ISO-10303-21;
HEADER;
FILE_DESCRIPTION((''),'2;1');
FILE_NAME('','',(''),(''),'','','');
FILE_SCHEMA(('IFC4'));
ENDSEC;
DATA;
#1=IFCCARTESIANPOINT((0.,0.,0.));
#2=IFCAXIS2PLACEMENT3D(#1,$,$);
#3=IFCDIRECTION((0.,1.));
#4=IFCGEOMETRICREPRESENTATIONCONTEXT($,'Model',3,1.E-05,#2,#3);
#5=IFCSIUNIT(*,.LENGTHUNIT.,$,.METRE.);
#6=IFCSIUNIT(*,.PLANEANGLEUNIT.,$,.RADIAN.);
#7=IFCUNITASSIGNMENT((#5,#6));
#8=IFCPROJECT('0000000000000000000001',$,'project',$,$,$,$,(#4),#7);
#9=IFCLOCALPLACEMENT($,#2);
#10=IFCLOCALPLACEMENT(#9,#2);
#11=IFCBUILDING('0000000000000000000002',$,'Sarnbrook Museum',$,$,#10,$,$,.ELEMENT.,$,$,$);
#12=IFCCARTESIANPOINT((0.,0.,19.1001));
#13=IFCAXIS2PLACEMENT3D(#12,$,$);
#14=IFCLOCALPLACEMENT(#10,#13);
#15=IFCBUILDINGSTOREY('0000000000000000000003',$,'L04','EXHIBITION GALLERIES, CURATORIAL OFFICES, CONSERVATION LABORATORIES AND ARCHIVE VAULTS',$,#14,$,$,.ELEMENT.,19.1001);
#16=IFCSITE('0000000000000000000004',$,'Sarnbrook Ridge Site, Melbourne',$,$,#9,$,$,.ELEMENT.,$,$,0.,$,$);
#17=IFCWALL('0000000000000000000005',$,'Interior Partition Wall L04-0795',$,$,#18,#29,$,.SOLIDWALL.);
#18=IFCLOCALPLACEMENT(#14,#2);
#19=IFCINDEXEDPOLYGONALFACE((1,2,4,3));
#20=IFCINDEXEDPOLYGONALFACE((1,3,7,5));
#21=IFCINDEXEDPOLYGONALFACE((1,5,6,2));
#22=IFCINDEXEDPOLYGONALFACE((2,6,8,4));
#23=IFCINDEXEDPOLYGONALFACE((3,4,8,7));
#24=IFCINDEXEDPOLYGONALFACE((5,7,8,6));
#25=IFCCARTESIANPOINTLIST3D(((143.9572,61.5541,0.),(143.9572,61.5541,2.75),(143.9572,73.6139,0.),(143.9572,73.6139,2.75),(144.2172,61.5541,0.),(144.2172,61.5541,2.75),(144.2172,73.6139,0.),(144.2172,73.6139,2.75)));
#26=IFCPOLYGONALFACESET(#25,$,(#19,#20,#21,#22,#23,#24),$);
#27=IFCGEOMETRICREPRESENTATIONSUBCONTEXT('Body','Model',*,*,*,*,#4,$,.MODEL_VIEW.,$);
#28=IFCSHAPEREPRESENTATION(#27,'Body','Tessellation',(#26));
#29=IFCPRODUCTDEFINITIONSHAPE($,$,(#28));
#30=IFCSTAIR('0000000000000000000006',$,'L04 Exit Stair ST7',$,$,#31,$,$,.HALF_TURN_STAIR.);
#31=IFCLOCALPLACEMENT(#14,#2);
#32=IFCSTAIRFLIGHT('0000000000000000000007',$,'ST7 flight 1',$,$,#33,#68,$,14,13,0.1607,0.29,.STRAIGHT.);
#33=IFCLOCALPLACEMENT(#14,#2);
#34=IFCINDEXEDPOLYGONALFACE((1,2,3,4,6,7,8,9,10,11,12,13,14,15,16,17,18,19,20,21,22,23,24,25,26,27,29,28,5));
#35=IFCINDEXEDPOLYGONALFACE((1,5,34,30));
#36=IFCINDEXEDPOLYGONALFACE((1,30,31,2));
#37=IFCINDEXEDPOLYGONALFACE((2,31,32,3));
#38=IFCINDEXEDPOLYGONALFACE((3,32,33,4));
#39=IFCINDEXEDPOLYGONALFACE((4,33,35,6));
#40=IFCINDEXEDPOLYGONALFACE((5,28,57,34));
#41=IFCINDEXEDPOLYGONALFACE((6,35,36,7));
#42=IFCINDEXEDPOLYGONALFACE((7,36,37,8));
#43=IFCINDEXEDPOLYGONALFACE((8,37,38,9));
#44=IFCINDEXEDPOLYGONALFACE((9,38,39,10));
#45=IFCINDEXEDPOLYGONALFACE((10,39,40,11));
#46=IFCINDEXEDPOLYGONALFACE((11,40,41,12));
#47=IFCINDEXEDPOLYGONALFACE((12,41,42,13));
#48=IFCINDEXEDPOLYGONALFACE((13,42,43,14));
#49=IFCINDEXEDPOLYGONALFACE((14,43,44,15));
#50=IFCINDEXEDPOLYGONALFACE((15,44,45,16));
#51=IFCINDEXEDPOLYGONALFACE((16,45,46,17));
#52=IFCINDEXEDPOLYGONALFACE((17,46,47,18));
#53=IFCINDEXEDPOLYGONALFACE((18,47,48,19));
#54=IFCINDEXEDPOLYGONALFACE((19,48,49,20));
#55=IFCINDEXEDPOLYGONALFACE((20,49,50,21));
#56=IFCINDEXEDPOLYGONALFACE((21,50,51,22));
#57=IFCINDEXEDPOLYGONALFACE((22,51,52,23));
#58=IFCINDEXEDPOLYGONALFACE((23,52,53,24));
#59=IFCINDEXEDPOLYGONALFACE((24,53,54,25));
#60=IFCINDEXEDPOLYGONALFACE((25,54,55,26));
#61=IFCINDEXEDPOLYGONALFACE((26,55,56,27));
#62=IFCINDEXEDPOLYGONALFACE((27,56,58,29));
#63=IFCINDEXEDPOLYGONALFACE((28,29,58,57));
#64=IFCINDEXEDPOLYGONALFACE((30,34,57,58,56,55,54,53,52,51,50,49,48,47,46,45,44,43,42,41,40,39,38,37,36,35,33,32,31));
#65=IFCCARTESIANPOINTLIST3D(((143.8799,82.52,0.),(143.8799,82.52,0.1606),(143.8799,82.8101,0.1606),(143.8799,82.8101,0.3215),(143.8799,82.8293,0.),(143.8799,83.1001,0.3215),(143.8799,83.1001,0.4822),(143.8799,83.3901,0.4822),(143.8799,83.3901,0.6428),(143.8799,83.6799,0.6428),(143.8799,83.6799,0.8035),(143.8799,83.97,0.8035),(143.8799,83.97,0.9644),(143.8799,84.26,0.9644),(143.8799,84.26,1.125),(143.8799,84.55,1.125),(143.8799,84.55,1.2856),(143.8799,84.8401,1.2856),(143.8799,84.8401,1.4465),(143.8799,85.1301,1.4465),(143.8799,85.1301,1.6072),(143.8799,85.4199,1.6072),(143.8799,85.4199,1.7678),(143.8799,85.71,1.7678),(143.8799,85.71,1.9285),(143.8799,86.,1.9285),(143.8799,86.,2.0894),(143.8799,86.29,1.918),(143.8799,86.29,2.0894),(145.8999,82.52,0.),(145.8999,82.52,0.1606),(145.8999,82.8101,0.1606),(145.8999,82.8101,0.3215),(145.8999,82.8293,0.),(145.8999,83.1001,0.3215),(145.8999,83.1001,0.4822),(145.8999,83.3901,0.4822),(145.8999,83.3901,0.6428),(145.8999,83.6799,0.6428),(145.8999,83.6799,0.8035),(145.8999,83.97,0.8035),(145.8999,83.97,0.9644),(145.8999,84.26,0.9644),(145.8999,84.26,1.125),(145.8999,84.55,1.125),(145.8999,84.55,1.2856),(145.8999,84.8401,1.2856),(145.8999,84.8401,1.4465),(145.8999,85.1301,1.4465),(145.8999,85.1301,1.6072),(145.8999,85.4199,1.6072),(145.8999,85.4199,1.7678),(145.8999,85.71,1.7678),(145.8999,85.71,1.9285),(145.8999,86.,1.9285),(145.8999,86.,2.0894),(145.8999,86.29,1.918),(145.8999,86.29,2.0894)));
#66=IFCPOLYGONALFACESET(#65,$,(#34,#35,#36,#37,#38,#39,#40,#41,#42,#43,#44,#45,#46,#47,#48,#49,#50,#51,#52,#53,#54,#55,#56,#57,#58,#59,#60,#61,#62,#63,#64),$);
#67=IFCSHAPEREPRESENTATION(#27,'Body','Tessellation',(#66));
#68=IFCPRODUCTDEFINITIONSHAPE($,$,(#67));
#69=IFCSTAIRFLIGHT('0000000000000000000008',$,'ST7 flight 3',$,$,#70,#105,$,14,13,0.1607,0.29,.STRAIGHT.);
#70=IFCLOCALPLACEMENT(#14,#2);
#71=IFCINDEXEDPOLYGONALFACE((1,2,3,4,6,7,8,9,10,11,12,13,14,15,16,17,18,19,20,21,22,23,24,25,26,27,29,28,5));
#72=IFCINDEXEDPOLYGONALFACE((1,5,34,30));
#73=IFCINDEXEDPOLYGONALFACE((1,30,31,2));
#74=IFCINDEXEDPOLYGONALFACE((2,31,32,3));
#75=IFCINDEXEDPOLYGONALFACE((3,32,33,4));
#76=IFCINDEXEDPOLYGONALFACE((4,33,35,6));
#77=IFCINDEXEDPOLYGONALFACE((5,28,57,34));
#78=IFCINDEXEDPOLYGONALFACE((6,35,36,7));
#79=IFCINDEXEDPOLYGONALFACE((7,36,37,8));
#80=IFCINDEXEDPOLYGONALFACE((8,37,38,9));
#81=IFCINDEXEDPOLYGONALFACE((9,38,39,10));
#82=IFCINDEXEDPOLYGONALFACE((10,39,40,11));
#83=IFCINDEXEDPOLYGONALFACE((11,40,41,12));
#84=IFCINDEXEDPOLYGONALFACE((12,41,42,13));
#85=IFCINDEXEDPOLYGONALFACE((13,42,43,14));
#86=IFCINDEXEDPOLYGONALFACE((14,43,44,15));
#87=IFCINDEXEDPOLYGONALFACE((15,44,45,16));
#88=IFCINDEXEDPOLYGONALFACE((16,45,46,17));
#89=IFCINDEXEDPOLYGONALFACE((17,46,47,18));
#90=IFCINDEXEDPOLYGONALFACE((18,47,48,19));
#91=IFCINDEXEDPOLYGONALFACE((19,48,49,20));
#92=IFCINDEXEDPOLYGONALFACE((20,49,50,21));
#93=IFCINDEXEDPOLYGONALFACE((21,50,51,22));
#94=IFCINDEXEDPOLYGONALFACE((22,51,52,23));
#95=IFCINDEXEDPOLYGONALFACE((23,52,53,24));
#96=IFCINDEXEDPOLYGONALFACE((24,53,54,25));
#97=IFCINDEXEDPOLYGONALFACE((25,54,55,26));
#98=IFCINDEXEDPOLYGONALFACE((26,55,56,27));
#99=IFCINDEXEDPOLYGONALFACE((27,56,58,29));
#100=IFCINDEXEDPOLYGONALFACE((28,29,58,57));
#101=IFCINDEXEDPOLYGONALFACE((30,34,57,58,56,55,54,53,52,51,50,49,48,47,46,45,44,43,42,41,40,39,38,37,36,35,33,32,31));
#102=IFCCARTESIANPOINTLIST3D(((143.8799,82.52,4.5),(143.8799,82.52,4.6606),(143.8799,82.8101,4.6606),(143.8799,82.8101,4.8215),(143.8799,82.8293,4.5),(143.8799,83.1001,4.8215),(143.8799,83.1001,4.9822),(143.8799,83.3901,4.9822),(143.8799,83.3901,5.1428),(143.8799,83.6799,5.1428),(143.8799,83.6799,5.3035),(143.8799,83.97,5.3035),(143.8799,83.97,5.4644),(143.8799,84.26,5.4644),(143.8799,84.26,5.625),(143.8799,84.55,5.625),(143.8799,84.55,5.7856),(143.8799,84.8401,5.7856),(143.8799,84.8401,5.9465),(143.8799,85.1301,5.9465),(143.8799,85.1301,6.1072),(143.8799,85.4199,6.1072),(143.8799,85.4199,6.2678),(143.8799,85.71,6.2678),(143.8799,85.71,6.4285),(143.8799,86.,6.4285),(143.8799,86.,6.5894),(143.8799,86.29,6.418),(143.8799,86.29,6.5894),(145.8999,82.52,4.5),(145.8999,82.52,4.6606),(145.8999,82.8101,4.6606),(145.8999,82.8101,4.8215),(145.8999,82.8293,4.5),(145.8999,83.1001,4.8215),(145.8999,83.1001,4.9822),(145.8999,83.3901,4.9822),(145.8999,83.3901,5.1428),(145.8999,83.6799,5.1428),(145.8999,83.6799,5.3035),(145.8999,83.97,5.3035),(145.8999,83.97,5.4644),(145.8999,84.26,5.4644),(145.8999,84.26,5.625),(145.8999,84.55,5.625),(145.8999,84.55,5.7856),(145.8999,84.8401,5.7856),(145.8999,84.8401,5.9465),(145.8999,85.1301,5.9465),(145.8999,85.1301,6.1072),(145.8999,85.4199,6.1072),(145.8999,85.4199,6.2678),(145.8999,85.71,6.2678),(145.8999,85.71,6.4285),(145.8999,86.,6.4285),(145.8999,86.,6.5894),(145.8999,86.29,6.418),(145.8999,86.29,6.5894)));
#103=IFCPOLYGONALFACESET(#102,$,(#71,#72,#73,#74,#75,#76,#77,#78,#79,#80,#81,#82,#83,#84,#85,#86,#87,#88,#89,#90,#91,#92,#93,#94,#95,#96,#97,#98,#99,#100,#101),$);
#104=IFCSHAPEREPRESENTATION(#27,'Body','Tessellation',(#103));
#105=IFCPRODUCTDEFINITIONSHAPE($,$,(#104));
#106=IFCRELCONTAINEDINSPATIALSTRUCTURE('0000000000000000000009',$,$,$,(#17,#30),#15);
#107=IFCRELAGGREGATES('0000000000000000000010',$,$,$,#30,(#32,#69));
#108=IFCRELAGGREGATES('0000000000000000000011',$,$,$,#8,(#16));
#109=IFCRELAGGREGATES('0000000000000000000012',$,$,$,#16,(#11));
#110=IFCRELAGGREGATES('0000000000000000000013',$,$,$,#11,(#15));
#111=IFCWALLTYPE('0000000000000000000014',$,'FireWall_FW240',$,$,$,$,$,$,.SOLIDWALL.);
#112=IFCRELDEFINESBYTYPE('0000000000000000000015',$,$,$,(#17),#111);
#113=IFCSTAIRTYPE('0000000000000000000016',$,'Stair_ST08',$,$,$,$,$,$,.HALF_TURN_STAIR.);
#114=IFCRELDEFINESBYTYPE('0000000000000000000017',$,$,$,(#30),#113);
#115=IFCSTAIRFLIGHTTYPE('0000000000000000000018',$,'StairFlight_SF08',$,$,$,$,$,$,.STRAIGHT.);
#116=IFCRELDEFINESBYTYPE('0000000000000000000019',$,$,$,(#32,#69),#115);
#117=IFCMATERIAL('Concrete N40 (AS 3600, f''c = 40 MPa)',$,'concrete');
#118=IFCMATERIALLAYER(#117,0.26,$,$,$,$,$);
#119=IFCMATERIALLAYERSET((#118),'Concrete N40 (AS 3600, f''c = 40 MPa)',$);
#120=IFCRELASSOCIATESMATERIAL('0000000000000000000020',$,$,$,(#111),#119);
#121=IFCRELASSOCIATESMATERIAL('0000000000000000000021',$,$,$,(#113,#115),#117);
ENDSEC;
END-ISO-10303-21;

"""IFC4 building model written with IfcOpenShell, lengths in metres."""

from ifc_helpers import new_model, si_unit, direction, frame, frame_2d, origin, place, context, subcontext, project, spatial, polyline, rectangle, outline, extrude, material, layer, layer_set, type_object, element, aggregate, save


model = new_model("IFC4")

# Units and contexts
model_context = context("Model", 3, precision=1e-05, world=origin(), true_north=direction((0.0, 1.0)))
body_context = subcontext(model_context, "Body", "Model", "MODEL_VIEW")
ifc_project = project(units=[si_unit("LENGTHUNIT", "METRE"), si_unit("PLANEANGLEUNIT", "RADIAN")], contexts=[model_context])

# Site, building, storey
site_placement = place(None, origin())
site = spatial("IfcSite", under=ifc_project, at=site_placement, Name="Sarnbrook Ridge Site, Melbourne", CompositionType="ELEMENT", RefElevation=0.0)
building_placement = place(site_placement, origin())
building = spatial("IfcBuilding", under=site, at=building_placement, Name="Sarnbrook Museum", CompositionType="ELEMENT")
storey_placement = place(building_placement, frame((0.0, 0.0, 19.1001)))
storey = spatial("IfcBuildingStorey", under=building, at=storey_placement, Name="L04", Description="EXHIBITION GALLERIES, CURATORIAL OFFICES, CONSERVATION LABORATORIES AND ARCHIVE VAULTS", CompositionType="ELEMENT", Elevation=19.1001)

# Shared definitions
ifc_material_1 = material(Name="Concrete N40 (AS 3600, f'c = 40 MPa)", Category="concrete")
ifc_layer_1 = layer(ifc_material_1, 0.26)
ifc_layer_set_1 = layer_set([ifc_layer_1], Name="Concrete N40 (AS 3600, f'c = 40 MPa)")
wall_type_1 = type_object("IfcWallType", Name="FireWall_FW240", PredefinedType="SOLIDWALL", material=ifc_layer_set_1)

# Wall
wall_1_placement = place(storey_placement, frame((144.0872, 73.6138, 0.0), z_axis=(0.0, 0.0, 1.0), x_axis=(0.0, -1.0, 0.0)))
element("IfcWall", 1, at=wall_1_placement, inside=storey, type_object=wall_type_1, Name="Interior Partition Wall L04-0795", PredefinedType="SOLIDWALL", context=body_context, shape_type="SweptSolid", body=[
    extrude(rectangle(XDim=12.0598, YDim=0.26, at=frame_2d((6.0298, 0.0))), origin(), (0.0, 0.0, 1.0), 2.75),
])

# Stair, stair flights
stair_type = type_object("IfcStairType", Name="Stair_ST08", PredefinedType="HALF_TURN_STAIR", material=ifc_material_1)
stair_placement = place(storey_placement, origin())
stair = element("IfcStair", 2, at=stair_placement, inside=storey, type_object=stair_type, Name="L04 Exit Stair ST7", PredefinedType="HALF_TURN_STAIR")
stair_flight_type = type_object("IfcStairFlightType", Name="StairFlight_SF08", PredefinedType="STRAIGHT", material=ifc_material_1)
stair_flight_1_placement = place(storey_placement, frame((144.8899, 82.52, 0.0), z_axis=(0.0, 0.0, 1.0), x_axis=(0.0, 1.0, 0.0)))
stair_flight_1 = element("IfcStairFlight", 3, at=stair_flight_1_placement, type_object=stair_flight_type, Name="ST7 flight 1", NumberOfRisers=14, NumberOfTreads=13, PredefinedType="STRAIGHT", RiserHeight=0.1607, TreadLength=0.29, context=body_context, shape_type="SweptSolid", body=[
    extrude(outline(polyline([(0.0, 0.0), (0.0, 0.1606), (0.29, 0.1606), (0.29, 0.3215), (0.5801, 0.3215), (0.5801, 0.4822), (0.8701, 0.4822), (0.8701, 0.6428), (1.1599, 0.6428), (1.1599, 0.8035), (1.45, 0.8035), (1.45, 0.9644), (1.74, 0.9644), (1.74, 1.125), (2.03, 1.125), (2.03, 1.2856), (2.3201, 1.2856), (2.3201, 1.4465), (2.6101, 1.4465), (2.6101, 1.6072), (2.8999, 1.6072), (2.8999, 1.7678), (3.1899, 1.7678), (3.1899, 1.9285), (3.48, 1.9285), (3.48, 2.0894), (3.77, 2.0894), (3.77, 2.25), (3.77, 1.918), (0.3093, 0.0), (0.0, 0.0)])), frame((0.0, 1.01, 0.0), z_axis=(0.0, -1.0, 0.0), x_axis=(1.0, 0.0, 0.0)), (0.0, 0.0, 1.0), 2.02),
])
stair_flight_2_placement = place(storey_placement, frame((144.8899, 82.52, 4.5), z_axis=(0.0, 0.0, 1.0), x_axis=(0.0, 1.0, 0.0)))
stair_flight_2 = element("IfcStairFlight", 4, at=stair_flight_2_placement, type_object=stair_flight_type, Name="ST7 flight 3", NumberOfRisers=14, NumberOfTreads=13, PredefinedType="STRAIGHT", RiserHeight=0.1607, TreadLength=0.29, context=body_context, shape_type="SweptSolid", body=[
    extrude(outline(polyline([(0.0, 0.0), (0.0, 0.1606), (0.29, 0.1606), (0.29, 0.3215), (0.5801, 0.3215), (0.5801, 0.4822), (0.8701, 0.4822), (0.8701, 0.6428), (1.1599, 0.6428), (1.1599, 0.8035), (1.45, 0.8035), (1.45, 0.9644), (1.74, 0.9644), (1.74, 1.125), (2.03, 1.125), (2.03, 1.2856), (2.3201, 1.2856), (2.3201, 1.4465), (2.6101, 1.4465), (2.6101, 1.6072), (2.8999, 1.6072), (2.8999, 1.7678), (3.1899, 1.7678), (3.1899, 1.9285), (3.48, 1.9285), (3.48, 2.0894), (3.77, 2.0894), (3.77, 2.25), (3.77, 1.918), (0.3093, 0.0), (0.0, 0.0)])), frame((0.0, 1.01, 0.0), z_axis=(0.0, -1.0, 0.0), x_axis=(1.0, 0.0, 0.0)), (0.0, 0.0, 1.0), 2.02),
])
aggregate(stair, [stair_flight_1, stair_flight_2])

save(model, "model.ifc")
